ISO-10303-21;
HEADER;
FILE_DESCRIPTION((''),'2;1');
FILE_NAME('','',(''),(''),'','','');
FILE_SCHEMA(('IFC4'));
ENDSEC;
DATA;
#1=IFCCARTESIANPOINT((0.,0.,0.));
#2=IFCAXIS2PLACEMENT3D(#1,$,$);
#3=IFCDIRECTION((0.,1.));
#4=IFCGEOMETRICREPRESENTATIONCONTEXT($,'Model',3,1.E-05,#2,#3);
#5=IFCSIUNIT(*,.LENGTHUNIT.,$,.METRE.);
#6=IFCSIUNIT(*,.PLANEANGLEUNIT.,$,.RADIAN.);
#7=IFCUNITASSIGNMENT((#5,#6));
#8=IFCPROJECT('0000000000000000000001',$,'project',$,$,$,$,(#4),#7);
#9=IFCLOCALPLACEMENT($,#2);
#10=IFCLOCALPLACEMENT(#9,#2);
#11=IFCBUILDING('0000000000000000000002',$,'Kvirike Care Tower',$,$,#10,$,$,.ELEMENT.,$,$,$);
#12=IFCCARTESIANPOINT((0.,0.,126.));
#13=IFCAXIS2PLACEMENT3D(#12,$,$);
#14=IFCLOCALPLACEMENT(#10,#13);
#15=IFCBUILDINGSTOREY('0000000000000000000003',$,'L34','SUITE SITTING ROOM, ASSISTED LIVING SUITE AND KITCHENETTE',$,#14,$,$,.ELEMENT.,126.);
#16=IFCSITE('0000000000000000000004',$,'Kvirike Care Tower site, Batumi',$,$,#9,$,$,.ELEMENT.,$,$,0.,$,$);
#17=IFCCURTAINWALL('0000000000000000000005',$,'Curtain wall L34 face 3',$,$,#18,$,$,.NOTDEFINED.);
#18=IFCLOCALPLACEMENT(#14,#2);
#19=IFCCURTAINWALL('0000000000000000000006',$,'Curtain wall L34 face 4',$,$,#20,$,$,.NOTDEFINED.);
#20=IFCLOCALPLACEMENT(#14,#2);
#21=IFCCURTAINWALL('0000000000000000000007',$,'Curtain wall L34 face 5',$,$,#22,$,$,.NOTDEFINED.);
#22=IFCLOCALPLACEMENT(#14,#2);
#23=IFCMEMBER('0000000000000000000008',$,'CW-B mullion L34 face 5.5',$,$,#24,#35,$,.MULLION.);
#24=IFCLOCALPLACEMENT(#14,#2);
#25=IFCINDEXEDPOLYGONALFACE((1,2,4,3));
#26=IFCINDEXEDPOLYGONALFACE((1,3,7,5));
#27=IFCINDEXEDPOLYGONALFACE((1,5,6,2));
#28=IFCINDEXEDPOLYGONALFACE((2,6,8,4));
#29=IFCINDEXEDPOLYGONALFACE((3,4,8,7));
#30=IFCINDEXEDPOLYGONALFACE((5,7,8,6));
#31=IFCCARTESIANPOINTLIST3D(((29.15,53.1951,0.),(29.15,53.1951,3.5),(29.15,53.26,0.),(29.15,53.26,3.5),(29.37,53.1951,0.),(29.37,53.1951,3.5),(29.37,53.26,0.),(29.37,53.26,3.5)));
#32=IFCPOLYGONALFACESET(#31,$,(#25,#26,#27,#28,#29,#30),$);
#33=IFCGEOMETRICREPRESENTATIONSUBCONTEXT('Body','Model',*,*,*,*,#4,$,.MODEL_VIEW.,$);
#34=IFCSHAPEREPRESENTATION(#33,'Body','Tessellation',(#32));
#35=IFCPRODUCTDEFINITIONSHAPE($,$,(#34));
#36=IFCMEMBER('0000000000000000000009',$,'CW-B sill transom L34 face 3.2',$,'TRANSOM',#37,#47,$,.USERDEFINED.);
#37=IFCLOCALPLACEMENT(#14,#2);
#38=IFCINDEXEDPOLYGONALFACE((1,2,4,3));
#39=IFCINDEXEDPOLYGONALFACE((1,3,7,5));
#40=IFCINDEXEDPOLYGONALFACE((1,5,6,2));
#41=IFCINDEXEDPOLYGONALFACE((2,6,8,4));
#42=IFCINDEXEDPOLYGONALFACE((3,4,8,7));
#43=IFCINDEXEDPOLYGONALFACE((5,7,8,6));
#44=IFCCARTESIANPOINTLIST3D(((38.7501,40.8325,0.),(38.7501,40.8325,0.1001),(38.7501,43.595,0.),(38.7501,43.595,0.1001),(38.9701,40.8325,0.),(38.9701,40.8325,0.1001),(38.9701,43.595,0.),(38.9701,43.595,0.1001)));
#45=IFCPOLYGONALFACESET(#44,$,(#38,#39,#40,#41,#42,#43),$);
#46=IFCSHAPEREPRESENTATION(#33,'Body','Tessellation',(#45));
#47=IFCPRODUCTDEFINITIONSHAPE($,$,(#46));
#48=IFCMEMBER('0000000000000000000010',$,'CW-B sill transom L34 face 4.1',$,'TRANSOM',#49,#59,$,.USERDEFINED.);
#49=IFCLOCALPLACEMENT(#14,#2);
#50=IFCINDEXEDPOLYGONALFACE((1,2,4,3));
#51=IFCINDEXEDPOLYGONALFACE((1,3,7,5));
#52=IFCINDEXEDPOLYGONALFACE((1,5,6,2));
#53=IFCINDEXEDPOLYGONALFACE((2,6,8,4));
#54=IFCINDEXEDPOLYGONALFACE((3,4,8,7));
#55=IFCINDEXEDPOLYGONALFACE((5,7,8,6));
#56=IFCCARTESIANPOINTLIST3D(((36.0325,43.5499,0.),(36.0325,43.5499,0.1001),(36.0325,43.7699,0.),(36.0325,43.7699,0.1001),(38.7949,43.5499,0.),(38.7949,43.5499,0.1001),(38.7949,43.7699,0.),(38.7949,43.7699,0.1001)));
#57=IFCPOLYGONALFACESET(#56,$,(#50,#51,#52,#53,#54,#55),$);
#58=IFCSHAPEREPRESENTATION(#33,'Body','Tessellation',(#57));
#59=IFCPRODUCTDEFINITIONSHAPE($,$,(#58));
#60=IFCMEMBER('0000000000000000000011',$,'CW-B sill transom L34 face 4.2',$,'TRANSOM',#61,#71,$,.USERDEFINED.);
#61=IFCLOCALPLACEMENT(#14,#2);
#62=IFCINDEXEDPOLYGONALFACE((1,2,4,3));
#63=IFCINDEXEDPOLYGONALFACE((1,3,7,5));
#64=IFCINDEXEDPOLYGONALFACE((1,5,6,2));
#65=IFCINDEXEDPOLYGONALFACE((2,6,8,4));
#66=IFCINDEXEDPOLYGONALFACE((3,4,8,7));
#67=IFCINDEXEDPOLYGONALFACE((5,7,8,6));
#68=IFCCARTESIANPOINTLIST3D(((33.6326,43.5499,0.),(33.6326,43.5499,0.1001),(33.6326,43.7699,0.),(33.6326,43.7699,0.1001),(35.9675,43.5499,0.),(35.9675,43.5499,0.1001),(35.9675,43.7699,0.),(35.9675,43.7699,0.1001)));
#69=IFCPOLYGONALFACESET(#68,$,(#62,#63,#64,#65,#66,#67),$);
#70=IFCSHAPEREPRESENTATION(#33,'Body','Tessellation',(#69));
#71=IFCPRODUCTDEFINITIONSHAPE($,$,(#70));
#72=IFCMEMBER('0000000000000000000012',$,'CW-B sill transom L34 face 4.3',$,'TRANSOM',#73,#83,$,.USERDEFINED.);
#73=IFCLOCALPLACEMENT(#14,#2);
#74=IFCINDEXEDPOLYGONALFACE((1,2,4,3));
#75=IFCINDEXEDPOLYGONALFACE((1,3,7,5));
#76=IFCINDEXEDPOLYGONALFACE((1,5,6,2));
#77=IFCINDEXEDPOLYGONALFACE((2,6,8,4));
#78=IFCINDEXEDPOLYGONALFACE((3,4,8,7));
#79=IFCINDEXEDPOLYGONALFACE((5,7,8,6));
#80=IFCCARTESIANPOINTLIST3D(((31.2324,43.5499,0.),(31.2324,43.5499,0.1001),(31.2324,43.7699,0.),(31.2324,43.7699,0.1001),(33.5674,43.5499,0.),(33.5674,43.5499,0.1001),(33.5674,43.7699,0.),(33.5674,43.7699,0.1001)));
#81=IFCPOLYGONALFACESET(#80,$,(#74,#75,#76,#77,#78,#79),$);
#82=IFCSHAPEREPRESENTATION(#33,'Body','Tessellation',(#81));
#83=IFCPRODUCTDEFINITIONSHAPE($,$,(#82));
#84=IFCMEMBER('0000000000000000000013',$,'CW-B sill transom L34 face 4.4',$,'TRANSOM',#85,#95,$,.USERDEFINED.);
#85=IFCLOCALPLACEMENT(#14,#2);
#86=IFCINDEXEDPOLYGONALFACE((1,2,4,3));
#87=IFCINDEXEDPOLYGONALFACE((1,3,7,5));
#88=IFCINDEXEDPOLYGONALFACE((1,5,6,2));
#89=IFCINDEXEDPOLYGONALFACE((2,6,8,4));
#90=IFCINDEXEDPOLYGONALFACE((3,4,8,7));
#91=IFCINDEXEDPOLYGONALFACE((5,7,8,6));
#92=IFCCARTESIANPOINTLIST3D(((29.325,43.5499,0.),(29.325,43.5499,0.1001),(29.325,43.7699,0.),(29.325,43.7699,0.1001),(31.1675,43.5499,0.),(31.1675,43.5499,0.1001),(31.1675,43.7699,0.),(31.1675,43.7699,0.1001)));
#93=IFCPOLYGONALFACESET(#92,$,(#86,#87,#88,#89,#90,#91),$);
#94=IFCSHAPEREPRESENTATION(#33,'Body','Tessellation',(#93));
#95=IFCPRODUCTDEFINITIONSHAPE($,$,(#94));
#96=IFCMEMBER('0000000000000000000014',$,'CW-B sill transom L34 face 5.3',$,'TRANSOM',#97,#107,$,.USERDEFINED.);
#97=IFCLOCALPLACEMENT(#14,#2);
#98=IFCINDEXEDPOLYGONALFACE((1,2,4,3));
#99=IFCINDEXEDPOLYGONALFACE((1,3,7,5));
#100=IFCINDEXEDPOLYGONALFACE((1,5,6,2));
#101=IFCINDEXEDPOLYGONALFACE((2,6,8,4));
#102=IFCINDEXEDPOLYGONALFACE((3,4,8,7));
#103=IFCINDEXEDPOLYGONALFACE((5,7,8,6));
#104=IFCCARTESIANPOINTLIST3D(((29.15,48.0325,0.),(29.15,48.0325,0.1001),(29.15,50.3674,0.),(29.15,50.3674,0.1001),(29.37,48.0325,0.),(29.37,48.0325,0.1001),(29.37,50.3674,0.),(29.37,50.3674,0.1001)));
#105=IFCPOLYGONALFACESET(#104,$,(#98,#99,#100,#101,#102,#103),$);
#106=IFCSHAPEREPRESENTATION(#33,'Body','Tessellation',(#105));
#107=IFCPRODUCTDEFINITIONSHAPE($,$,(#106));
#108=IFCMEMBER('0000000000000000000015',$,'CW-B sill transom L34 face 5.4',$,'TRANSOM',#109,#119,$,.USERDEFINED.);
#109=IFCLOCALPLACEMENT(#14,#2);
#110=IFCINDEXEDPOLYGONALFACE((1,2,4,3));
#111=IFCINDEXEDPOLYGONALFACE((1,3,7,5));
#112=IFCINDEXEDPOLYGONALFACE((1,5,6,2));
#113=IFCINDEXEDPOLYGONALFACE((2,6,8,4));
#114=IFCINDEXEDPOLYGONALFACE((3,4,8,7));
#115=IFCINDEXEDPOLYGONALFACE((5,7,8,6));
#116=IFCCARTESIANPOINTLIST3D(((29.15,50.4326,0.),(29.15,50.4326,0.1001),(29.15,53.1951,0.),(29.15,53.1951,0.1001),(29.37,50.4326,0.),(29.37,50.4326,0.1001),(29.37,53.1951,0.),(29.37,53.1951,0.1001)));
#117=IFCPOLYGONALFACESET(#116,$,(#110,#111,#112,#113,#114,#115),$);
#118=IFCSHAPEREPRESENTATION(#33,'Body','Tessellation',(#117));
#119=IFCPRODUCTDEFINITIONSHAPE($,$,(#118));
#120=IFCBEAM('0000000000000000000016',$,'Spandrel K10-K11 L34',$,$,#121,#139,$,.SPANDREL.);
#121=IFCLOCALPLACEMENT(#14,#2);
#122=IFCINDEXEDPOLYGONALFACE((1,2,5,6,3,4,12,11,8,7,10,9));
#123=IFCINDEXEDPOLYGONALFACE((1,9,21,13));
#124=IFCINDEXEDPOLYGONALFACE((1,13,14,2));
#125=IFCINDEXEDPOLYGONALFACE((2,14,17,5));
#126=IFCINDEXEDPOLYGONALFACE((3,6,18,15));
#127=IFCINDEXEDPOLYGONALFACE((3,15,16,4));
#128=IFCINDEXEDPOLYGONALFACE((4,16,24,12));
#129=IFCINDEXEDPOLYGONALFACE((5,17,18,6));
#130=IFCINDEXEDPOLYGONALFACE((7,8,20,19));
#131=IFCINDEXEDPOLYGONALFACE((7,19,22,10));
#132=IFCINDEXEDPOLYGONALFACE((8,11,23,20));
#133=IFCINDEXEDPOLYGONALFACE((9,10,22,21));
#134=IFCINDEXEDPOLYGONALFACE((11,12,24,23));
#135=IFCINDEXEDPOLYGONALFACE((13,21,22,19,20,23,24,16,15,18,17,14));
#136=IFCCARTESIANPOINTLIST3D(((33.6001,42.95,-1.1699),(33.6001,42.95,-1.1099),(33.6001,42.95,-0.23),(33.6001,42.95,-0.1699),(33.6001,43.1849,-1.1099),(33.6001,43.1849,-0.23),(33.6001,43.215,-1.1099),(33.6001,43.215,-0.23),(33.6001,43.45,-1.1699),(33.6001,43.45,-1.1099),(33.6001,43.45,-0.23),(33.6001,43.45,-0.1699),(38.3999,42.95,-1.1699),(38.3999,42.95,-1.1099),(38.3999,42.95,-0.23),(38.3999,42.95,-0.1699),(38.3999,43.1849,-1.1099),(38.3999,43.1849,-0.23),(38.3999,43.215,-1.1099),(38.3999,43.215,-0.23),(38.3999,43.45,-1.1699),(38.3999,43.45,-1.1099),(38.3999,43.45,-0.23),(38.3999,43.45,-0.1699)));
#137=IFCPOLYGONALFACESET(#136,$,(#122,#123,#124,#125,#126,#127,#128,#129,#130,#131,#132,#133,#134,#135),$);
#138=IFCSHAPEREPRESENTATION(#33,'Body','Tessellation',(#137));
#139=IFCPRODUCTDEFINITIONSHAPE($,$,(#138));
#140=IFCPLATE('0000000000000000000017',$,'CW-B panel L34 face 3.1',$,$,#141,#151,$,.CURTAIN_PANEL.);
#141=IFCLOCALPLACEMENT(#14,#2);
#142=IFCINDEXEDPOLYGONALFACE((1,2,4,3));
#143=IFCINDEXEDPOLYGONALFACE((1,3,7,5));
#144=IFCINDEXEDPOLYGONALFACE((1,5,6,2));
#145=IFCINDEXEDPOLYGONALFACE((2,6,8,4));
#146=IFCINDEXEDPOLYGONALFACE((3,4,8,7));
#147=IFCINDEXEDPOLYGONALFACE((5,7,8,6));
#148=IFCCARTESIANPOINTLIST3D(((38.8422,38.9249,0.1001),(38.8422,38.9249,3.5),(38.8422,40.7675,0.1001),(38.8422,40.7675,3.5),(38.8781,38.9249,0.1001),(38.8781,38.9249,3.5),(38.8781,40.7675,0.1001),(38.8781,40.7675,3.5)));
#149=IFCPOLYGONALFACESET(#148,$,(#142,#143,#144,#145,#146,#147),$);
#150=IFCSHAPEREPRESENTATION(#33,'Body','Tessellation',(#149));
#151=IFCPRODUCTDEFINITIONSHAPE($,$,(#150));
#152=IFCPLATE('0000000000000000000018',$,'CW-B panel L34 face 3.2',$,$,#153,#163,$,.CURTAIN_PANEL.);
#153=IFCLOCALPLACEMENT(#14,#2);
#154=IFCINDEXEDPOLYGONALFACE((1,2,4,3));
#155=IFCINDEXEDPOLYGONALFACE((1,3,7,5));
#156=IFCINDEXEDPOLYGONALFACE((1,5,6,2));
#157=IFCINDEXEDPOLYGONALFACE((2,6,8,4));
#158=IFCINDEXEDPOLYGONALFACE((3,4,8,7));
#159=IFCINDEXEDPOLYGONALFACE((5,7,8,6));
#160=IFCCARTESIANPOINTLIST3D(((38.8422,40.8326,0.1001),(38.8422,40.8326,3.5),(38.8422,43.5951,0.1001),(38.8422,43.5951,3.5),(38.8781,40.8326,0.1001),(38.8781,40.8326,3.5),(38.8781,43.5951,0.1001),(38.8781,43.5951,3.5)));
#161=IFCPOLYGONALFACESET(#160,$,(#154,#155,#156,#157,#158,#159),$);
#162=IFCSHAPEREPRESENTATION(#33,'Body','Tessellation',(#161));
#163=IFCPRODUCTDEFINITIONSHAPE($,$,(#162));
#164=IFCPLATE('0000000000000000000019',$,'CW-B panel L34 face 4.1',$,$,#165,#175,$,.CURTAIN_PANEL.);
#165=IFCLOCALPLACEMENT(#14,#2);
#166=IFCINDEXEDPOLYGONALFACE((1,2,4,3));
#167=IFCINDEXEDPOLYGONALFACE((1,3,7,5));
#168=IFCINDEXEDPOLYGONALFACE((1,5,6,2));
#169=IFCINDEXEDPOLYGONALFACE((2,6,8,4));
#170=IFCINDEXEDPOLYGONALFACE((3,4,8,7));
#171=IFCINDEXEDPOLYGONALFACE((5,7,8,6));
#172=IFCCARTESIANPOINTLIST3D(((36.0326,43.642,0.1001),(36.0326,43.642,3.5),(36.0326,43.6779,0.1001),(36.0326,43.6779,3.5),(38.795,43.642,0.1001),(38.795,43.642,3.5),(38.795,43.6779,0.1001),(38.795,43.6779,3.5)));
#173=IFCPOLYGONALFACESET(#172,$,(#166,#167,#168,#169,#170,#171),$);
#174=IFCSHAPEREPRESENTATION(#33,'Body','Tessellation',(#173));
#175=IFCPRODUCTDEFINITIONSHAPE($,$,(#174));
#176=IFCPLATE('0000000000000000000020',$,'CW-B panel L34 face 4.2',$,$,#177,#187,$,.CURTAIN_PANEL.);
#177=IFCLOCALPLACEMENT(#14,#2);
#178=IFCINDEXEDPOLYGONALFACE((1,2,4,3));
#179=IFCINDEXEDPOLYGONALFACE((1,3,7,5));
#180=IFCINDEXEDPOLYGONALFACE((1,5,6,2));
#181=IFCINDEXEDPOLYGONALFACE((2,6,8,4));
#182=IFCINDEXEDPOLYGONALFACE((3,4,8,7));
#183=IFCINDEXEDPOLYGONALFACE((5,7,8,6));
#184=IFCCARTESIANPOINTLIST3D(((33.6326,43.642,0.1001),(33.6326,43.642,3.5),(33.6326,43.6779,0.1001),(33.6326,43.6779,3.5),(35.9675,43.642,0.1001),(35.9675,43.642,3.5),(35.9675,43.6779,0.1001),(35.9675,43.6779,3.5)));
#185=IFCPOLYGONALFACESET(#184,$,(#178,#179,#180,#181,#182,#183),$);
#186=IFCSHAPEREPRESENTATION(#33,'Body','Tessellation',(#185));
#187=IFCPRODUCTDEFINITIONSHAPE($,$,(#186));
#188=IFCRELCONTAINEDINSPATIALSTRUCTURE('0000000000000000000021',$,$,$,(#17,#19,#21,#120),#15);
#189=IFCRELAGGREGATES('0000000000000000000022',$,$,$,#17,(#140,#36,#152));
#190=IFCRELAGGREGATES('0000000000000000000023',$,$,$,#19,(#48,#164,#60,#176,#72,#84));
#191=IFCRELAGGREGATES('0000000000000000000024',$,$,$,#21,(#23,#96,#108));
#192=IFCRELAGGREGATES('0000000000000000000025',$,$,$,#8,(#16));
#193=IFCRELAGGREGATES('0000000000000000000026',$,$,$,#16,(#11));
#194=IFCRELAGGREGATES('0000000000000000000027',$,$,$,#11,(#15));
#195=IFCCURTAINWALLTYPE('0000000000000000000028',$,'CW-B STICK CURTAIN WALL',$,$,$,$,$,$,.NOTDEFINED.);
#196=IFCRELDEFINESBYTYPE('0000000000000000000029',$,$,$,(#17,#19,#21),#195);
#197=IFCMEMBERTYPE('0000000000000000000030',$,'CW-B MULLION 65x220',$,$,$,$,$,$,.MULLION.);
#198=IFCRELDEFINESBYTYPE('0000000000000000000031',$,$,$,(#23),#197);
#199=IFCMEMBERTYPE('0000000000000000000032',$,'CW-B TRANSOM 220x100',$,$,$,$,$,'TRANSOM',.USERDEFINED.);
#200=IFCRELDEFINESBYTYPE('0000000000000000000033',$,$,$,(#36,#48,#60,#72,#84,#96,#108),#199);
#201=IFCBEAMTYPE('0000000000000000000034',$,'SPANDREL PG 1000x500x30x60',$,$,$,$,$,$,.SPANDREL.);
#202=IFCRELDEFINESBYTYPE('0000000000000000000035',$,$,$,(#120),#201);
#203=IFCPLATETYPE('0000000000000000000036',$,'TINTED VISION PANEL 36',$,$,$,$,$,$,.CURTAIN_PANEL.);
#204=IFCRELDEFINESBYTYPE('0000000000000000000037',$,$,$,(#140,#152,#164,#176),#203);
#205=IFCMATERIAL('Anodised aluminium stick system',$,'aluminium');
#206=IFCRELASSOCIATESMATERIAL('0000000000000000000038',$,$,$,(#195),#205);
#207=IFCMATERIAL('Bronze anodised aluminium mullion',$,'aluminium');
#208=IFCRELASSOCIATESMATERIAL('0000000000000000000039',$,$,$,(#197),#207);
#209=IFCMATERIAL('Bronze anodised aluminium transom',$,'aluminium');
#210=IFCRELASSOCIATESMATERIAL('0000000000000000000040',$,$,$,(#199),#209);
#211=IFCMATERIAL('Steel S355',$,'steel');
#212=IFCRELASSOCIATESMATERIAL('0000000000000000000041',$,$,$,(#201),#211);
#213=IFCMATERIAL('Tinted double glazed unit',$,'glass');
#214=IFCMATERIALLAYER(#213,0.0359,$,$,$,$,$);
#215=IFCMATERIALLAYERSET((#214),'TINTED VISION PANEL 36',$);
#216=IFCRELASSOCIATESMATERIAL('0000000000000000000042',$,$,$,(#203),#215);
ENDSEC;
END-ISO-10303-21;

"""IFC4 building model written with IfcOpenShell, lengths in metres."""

from ifc_helpers import new_model, si_unit, direction, frame, origin, origin_2d, place, context, subcontext, project, spatial, rectangle, i_section, extrude, material, layer, layer_set, material_profile, profile_set, type_object, element, aggregate, save


model = new_model("IFC4")

# Units and contexts
model_context = context("Model", 3, precision=1e-05, world=origin(), true_north=direction((0.0, 1.0)))
body_context = subcontext(model_context, "Body", "Model", "MODEL_VIEW")
ifc_project = project(units=[si_unit("LENGTHUNIT", "METRE"), si_unit("PLANEANGLEUNIT", "RADIAN")], contexts=[model_context])

# Site, building, storey
site_placement = place(None, origin())
site = spatial("IfcSite", under=ifc_project, at=site_placement, Name="Kvirike Care Tower site, Batumi", CompositionType="ELEMENT", RefElevation=0.0)
building_placement = place(site_placement, origin())
building = spatial("IfcBuilding", under=site, at=building_placement, Name="Kvirike Care Tower", CompositionType="ELEMENT")
storey_placement = place(building_placement, frame((0.0, 0.0, 126.0)))
storey = spatial("IfcBuildingStorey", under=building, at=storey_placement, Name="L34", Description="SUITE SITTING ROOM, ASSISTED LIVING SUITE AND KITCHENETTE", CompositionType="ELEMENT", Elevation=126.0)

# Curtain walls
ifc_material_1 = material(Name="Anodised aluminium stick system", Category="aluminium")
curtain_wall_type = type_object("IfcCurtainWallType", Name="CW-B STICK CURTAIN WALL", PredefinedType="NOTDEFINED", material=ifc_material_1)
curtain_wall_1_placement = place(storey_placement, origin())
curtain_wall_1 = element("IfcCurtainWall", 1, at=curtain_wall_1_placement, inside=storey, type_object=curtain_wall_type, Name="Curtain wall L34 face 3", PredefinedType="NOTDEFINED")
curtain_wall_2_placement = place(storey_placement, origin())
curtain_wall_2 = element("IfcCurtainWall", 2, at=curtain_wall_2_placement, inside=storey, type_object=curtain_wall_type, Name="Curtain wall L34 face 4", PredefinedType="NOTDEFINED")
curtain_wall_3_placement = place(storey_placement, origin())
curtain_wall_3 = element("IfcCurtainWall", 3, at=curtain_wall_3_placement, inside=storey, type_object=curtain_wall_type, Name="Curtain wall L34 face 5", PredefinedType="NOTDEFINED")

# Members
ifc_material_2 = material(Name="Bronze anodised aluminium mullion", Category="aluminium")
ifc_material_profile_1 = material_profile(ifc_material_2, rectangle(XDim=0.0649, YDim=0.22, at=origin_2d()), Name="CW-B MULLION 65x220")
ifc_profile_set_1 = profile_set([ifc_material_profile_1], Name="Bronze anodised aluminium mullion")
member_type_1 = type_object("IfcMemberType", Name="CW-B MULLION 65x220", PredefinedType="MULLION", material=ifc_profile_set_1)
member_1_placement = place(storey_placement, frame((29.26, 53.2275, 0.0), z_axis=(0.0, 0.0, 1.0), x_axis=(0.0, 1.0, 0.0)))
member_1 = element("IfcMember", 4, at=member_1_placement, type_object=member_type_1, Name="CW-B mullion L34 face 5.5", PredefinedType="MULLION", context=body_context, shape_type="SweptSolid", body=[
    extrude(rectangle(XDim=0.0649, YDim=0.22, at=origin_2d()), origin(), (0.0, 0.0, 1.0), 3.5),
])
ifc_material_3 = material(Name="Bronze anodised aluminium transom", Category="aluminium")
ifc_material_profile_2 = material_profile(ifc_material_3, rectangle(XDim=0.22, YDim=0.1001, at=origin_2d()), Name="CW-B TRANSOM 220x100")
ifc_profile_set_2 = profile_set([ifc_material_profile_2], Name="Bronze anodised aluminium transom")
member_type_2 = type_object("IfcMemberType", Name="CW-B TRANSOM 220x100", ElementType="TRANSOM", PredefinedType="USERDEFINED", material=ifc_profile_set_2)
member_2_placement = place(storey_placement, frame((38.8601, 40.8325, 0.05), z_axis=(0.0, 1.0, 0.0), x_axis=(-1.0, 0.0, 0.0)))
member_2 = element("IfcMember", 5, at=member_2_placement, type_object=member_type_2, Name="CW-B sill transom L34 face 3.2", ObjectType="TRANSOM", PredefinedType="USERDEFINED", context=body_context, shape_type="SweptSolid", body=[
    extrude(rectangle(XDim=0.22, YDim=0.1001, at=origin_2d()), origin(), (0.0, 0.0, 1.0), 2.7625),
])
member_3_placement = place(storey_placement, frame((38.7949, 43.6599, 0.05), z_axis=(-1.0, 0.0, 0.0), x_axis=(0.0, -1.0, 0.0)))
member_3 = element("IfcMember", 6, at=member_3_placement, type_object=member_type_2, Name="CW-B sill transom L34 face 4.1", ObjectType="TRANSOM", PredefinedType="USERDEFINED", context=body_context, shape_type="SweptSolid", body=[
    extrude(rectangle(XDim=0.22, YDim=0.1001, at=origin_2d()), origin(), (0.0, 0.0, 1.0), 2.7625),
])
member_4_placement = place(storey_placement, frame((35.9675, 43.6599, 0.05), z_axis=(-1.0, 0.0, 0.0), x_axis=(0.0, -1.0, 0.0)))
member_4 = element("IfcMember", 7, at=member_4_placement, type_object=member_type_2, Name="CW-B sill transom L34 face 4.2", ObjectType="TRANSOM", PredefinedType="USERDEFINED", context=body_context, shape_type="SweptSolid", body=[
    extrude(rectangle(XDim=0.22, YDim=0.1001, at=origin_2d()), origin(), (0.0, 0.0, 1.0), 2.335),
])
member_5_placement = place(storey_placement, frame((33.5674, 43.6599, 0.05), z_axis=(-1.0, 0.0, 0.0), x_axis=(0.0, -1.0, 0.0)))
member_5 = element("IfcMember", 8, at=member_5_placement, type_object=member_type_2, Name="CW-B sill transom L34 face 4.3", ObjectType="TRANSOM", PredefinedType="USERDEFINED", context=body_context, shape_type="SweptSolid", body=[
    extrude(rectangle(XDim=0.22, YDim=0.1001, at=origin_2d()), origin(), (0.0, 0.0, 1.0), 2.335),
])
member_6_placement = place(storey_placement, frame((31.1675, 43.6599, 0.05), z_axis=(-1.0, 0.0, 0.0), x_axis=(0.0, -1.0, 0.0)))
member_6 = element("IfcMember", 9, at=member_6_placement, type_object=member_type_2, Name="CW-B sill transom L34 face 4.4", ObjectType="TRANSOM", PredefinedType="USERDEFINED", context=body_context, shape_type="SweptSolid", body=[
    extrude(rectangle(XDim=0.22, YDim=0.1001, at=origin_2d()), origin(), (0.0, 0.0, 1.0), 1.8425),
])
member_7_placement = place(storey_placement, frame((29.26, 48.0325, 0.05), z_axis=(0.0, 1.0, 0.0), x_axis=(-1.0, 0.0, 0.0)))
member_7 = element("IfcMember", 10, at=member_7_placement, type_object=member_type_2, Name="CW-B sill transom L34 face 5.3", ObjectType="TRANSOM", PredefinedType="USERDEFINED", context=body_context, shape_type="SweptSolid", body=[
    extrude(rectangle(XDim=0.22, YDim=0.1001, at=origin_2d()), origin(), (0.0, 0.0, 1.0), 2.335),
])
member_8_placement = place(storey_placement, frame((29.26, 50.4326, 0.05), z_axis=(0.0, 1.0, 0.0), x_axis=(-1.0, 0.0, 0.0)))
member_8 = element("IfcMember", 11, at=member_8_placement, type_object=member_type_2, Name="CW-B sill transom L34 face 5.4", ObjectType="TRANSOM", PredefinedType="USERDEFINED", context=body_context, shape_type="SweptSolid", body=[
    extrude(rectangle(XDim=0.22, YDim=0.1001, at=origin_2d()), origin(), (0.0, 0.0, 1.0), 2.7625),
])

# Beam
ifc_material_4 = material(Name="Steel S355", Category="steel")
ifc_material_profile_3 = material_profile(ifc_material_4, i_section(OverallWidth=0.5, OverallDepth=1.0, WebThickness=0.03, FlangeThickness=0.0601, at=origin_2d()), Name="PG 1000x500x30x60")
ifc_profile_set_3 = profile_set([ifc_material_profile_3], Name="Steel S355")
beam_type = type_object("IfcBeamType", Name="SPANDREL PG 1000x500x30x60", PredefinedType="SPANDREL", material=ifc_profile_set_3)
beam_placement = place(storey_placement, frame((33.6001, 43.2, -0.6699), z_axis=(1.0, 0.0, 0.0), x_axis=(0.0, 1.0, 0.0)))
element("IfcBeam", 12, at=beam_placement, inside=storey, type_object=beam_type, Name="Spandrel K10-K11 L34", PredefinedType="SPANDREL", context=body_context, shape_type="SweptSolid", body=[
    extrude(i_section(OverallWidth=0.5, OverallDepth=1.0, WebThickness=0.03, FlangeThickness=0.0601, at=origin_2d()), origin(), (0.0, 0.0, 1.0), 4.7998),
])

# Plates
ifc_material_5 = material(Name="Tinted double glazed unit", Category="glass")
ifc_layer_1 = layer(ifc_material_5, 0.0359)
ifc_layer_set_1 = layer_set([ifc_layer_1], Name="TINTED VISION PANEL 36")
plate_type = type_object("IfcPlateType", Name="TINTED VISION PANEL 36", PredefinedType="CURTAIN_PANEL", material=ifc_layer_set_1)
plate_1_placement = place(storey_placement, frame((38.8601, 39.8462, 0.1001), z_axis=(0.0, 0.0, 1.0), x_axis=(0.0, 1.0, 0.0)))
plate_1 = element("IfcPlate", 13, at=plate_1_placement, type_object=plate_type, Name="CW-B panel L34 face 3.1", PredefinedType="CURTAIN_PANEL", context=body_context, shape_type="SweptSolid", body=[
    extrude(rectangle(XDim=1.8425, YDim=0.0359, at=origin_2d()), origin(), (0.0, 0.0, 1.0), 3.3999),
])
plate_2_placement = place(storey_placement, frame((38.8601, 42.2139, 0.1001), z_axis=(0.0, 0.0, 1.0), x_axis=(0.0, 1.0, 0.0)))
plate_2 = element("IfcPlate", 14, at=plate_2_placement, type_object=plate_type, Name="CW-B panel L34 face 3.2", PredefinedType="CURTAIN_PANEL", context=body_context, shape_type="SweptSolid", body=[
    extrude(rectangle(XDim=2.7625, YDim=0.0359, at=origin_2d()), origin(), (0.0, 0.0, 1.0), 3.3999),
])
aggregate(curtain_wall_1, [plate_1, member_2, plate_2])
plate_3_placement = place(storey_placement, frame((37.4138, 43.6599, 0.1001), z_axis=(0.0, 0.0, 1.0), x_axis=(-1.0, 0.0, 0.0)))
plate_3 = element("IfcPlate", 15, at=plate_3_placement, type_object=plate_type, Name="CW-B panel L34 face 4.1", PredefinedType="CURTAIN_PANEL", context=body_context, shape_type="SweptSolid", body=[
    extrude(rectangle(XDim=2.7625, YDim=0.0359, at=origin_2d()), origin(), (0.0, 0.0, 1.0), 3.3999),
])
plate_4_placement = place(storey_placement, frame((34.8, 43.6599, 0.1001), z_axis=(0.0, 0.0, 1.0), x_axis=(-1.0, 0.0, 0.0)))
plate_4 = element("IfcPlate", 16, at=plate_4_placement, type_object=plate_type, Name="CW-B panel L34 face 4.2", PredefinedType="CURTAIN_PANEL", context=body_context, shape_type="SweptSolid", body=[
    extrude(rectangle(XDim=2.335, YDim=0.0359, at=origin_2d()), origin(), (0.0, 0.0, 1.0), 3.3999),
])
aggregate(curtain_wall_2, [member_3, plate_3, member_4, plate_4, member_5, member_6])
aggregate(curtain_wall_3, [member_1, member_7, member_8])

save(model, "model.ifc")
